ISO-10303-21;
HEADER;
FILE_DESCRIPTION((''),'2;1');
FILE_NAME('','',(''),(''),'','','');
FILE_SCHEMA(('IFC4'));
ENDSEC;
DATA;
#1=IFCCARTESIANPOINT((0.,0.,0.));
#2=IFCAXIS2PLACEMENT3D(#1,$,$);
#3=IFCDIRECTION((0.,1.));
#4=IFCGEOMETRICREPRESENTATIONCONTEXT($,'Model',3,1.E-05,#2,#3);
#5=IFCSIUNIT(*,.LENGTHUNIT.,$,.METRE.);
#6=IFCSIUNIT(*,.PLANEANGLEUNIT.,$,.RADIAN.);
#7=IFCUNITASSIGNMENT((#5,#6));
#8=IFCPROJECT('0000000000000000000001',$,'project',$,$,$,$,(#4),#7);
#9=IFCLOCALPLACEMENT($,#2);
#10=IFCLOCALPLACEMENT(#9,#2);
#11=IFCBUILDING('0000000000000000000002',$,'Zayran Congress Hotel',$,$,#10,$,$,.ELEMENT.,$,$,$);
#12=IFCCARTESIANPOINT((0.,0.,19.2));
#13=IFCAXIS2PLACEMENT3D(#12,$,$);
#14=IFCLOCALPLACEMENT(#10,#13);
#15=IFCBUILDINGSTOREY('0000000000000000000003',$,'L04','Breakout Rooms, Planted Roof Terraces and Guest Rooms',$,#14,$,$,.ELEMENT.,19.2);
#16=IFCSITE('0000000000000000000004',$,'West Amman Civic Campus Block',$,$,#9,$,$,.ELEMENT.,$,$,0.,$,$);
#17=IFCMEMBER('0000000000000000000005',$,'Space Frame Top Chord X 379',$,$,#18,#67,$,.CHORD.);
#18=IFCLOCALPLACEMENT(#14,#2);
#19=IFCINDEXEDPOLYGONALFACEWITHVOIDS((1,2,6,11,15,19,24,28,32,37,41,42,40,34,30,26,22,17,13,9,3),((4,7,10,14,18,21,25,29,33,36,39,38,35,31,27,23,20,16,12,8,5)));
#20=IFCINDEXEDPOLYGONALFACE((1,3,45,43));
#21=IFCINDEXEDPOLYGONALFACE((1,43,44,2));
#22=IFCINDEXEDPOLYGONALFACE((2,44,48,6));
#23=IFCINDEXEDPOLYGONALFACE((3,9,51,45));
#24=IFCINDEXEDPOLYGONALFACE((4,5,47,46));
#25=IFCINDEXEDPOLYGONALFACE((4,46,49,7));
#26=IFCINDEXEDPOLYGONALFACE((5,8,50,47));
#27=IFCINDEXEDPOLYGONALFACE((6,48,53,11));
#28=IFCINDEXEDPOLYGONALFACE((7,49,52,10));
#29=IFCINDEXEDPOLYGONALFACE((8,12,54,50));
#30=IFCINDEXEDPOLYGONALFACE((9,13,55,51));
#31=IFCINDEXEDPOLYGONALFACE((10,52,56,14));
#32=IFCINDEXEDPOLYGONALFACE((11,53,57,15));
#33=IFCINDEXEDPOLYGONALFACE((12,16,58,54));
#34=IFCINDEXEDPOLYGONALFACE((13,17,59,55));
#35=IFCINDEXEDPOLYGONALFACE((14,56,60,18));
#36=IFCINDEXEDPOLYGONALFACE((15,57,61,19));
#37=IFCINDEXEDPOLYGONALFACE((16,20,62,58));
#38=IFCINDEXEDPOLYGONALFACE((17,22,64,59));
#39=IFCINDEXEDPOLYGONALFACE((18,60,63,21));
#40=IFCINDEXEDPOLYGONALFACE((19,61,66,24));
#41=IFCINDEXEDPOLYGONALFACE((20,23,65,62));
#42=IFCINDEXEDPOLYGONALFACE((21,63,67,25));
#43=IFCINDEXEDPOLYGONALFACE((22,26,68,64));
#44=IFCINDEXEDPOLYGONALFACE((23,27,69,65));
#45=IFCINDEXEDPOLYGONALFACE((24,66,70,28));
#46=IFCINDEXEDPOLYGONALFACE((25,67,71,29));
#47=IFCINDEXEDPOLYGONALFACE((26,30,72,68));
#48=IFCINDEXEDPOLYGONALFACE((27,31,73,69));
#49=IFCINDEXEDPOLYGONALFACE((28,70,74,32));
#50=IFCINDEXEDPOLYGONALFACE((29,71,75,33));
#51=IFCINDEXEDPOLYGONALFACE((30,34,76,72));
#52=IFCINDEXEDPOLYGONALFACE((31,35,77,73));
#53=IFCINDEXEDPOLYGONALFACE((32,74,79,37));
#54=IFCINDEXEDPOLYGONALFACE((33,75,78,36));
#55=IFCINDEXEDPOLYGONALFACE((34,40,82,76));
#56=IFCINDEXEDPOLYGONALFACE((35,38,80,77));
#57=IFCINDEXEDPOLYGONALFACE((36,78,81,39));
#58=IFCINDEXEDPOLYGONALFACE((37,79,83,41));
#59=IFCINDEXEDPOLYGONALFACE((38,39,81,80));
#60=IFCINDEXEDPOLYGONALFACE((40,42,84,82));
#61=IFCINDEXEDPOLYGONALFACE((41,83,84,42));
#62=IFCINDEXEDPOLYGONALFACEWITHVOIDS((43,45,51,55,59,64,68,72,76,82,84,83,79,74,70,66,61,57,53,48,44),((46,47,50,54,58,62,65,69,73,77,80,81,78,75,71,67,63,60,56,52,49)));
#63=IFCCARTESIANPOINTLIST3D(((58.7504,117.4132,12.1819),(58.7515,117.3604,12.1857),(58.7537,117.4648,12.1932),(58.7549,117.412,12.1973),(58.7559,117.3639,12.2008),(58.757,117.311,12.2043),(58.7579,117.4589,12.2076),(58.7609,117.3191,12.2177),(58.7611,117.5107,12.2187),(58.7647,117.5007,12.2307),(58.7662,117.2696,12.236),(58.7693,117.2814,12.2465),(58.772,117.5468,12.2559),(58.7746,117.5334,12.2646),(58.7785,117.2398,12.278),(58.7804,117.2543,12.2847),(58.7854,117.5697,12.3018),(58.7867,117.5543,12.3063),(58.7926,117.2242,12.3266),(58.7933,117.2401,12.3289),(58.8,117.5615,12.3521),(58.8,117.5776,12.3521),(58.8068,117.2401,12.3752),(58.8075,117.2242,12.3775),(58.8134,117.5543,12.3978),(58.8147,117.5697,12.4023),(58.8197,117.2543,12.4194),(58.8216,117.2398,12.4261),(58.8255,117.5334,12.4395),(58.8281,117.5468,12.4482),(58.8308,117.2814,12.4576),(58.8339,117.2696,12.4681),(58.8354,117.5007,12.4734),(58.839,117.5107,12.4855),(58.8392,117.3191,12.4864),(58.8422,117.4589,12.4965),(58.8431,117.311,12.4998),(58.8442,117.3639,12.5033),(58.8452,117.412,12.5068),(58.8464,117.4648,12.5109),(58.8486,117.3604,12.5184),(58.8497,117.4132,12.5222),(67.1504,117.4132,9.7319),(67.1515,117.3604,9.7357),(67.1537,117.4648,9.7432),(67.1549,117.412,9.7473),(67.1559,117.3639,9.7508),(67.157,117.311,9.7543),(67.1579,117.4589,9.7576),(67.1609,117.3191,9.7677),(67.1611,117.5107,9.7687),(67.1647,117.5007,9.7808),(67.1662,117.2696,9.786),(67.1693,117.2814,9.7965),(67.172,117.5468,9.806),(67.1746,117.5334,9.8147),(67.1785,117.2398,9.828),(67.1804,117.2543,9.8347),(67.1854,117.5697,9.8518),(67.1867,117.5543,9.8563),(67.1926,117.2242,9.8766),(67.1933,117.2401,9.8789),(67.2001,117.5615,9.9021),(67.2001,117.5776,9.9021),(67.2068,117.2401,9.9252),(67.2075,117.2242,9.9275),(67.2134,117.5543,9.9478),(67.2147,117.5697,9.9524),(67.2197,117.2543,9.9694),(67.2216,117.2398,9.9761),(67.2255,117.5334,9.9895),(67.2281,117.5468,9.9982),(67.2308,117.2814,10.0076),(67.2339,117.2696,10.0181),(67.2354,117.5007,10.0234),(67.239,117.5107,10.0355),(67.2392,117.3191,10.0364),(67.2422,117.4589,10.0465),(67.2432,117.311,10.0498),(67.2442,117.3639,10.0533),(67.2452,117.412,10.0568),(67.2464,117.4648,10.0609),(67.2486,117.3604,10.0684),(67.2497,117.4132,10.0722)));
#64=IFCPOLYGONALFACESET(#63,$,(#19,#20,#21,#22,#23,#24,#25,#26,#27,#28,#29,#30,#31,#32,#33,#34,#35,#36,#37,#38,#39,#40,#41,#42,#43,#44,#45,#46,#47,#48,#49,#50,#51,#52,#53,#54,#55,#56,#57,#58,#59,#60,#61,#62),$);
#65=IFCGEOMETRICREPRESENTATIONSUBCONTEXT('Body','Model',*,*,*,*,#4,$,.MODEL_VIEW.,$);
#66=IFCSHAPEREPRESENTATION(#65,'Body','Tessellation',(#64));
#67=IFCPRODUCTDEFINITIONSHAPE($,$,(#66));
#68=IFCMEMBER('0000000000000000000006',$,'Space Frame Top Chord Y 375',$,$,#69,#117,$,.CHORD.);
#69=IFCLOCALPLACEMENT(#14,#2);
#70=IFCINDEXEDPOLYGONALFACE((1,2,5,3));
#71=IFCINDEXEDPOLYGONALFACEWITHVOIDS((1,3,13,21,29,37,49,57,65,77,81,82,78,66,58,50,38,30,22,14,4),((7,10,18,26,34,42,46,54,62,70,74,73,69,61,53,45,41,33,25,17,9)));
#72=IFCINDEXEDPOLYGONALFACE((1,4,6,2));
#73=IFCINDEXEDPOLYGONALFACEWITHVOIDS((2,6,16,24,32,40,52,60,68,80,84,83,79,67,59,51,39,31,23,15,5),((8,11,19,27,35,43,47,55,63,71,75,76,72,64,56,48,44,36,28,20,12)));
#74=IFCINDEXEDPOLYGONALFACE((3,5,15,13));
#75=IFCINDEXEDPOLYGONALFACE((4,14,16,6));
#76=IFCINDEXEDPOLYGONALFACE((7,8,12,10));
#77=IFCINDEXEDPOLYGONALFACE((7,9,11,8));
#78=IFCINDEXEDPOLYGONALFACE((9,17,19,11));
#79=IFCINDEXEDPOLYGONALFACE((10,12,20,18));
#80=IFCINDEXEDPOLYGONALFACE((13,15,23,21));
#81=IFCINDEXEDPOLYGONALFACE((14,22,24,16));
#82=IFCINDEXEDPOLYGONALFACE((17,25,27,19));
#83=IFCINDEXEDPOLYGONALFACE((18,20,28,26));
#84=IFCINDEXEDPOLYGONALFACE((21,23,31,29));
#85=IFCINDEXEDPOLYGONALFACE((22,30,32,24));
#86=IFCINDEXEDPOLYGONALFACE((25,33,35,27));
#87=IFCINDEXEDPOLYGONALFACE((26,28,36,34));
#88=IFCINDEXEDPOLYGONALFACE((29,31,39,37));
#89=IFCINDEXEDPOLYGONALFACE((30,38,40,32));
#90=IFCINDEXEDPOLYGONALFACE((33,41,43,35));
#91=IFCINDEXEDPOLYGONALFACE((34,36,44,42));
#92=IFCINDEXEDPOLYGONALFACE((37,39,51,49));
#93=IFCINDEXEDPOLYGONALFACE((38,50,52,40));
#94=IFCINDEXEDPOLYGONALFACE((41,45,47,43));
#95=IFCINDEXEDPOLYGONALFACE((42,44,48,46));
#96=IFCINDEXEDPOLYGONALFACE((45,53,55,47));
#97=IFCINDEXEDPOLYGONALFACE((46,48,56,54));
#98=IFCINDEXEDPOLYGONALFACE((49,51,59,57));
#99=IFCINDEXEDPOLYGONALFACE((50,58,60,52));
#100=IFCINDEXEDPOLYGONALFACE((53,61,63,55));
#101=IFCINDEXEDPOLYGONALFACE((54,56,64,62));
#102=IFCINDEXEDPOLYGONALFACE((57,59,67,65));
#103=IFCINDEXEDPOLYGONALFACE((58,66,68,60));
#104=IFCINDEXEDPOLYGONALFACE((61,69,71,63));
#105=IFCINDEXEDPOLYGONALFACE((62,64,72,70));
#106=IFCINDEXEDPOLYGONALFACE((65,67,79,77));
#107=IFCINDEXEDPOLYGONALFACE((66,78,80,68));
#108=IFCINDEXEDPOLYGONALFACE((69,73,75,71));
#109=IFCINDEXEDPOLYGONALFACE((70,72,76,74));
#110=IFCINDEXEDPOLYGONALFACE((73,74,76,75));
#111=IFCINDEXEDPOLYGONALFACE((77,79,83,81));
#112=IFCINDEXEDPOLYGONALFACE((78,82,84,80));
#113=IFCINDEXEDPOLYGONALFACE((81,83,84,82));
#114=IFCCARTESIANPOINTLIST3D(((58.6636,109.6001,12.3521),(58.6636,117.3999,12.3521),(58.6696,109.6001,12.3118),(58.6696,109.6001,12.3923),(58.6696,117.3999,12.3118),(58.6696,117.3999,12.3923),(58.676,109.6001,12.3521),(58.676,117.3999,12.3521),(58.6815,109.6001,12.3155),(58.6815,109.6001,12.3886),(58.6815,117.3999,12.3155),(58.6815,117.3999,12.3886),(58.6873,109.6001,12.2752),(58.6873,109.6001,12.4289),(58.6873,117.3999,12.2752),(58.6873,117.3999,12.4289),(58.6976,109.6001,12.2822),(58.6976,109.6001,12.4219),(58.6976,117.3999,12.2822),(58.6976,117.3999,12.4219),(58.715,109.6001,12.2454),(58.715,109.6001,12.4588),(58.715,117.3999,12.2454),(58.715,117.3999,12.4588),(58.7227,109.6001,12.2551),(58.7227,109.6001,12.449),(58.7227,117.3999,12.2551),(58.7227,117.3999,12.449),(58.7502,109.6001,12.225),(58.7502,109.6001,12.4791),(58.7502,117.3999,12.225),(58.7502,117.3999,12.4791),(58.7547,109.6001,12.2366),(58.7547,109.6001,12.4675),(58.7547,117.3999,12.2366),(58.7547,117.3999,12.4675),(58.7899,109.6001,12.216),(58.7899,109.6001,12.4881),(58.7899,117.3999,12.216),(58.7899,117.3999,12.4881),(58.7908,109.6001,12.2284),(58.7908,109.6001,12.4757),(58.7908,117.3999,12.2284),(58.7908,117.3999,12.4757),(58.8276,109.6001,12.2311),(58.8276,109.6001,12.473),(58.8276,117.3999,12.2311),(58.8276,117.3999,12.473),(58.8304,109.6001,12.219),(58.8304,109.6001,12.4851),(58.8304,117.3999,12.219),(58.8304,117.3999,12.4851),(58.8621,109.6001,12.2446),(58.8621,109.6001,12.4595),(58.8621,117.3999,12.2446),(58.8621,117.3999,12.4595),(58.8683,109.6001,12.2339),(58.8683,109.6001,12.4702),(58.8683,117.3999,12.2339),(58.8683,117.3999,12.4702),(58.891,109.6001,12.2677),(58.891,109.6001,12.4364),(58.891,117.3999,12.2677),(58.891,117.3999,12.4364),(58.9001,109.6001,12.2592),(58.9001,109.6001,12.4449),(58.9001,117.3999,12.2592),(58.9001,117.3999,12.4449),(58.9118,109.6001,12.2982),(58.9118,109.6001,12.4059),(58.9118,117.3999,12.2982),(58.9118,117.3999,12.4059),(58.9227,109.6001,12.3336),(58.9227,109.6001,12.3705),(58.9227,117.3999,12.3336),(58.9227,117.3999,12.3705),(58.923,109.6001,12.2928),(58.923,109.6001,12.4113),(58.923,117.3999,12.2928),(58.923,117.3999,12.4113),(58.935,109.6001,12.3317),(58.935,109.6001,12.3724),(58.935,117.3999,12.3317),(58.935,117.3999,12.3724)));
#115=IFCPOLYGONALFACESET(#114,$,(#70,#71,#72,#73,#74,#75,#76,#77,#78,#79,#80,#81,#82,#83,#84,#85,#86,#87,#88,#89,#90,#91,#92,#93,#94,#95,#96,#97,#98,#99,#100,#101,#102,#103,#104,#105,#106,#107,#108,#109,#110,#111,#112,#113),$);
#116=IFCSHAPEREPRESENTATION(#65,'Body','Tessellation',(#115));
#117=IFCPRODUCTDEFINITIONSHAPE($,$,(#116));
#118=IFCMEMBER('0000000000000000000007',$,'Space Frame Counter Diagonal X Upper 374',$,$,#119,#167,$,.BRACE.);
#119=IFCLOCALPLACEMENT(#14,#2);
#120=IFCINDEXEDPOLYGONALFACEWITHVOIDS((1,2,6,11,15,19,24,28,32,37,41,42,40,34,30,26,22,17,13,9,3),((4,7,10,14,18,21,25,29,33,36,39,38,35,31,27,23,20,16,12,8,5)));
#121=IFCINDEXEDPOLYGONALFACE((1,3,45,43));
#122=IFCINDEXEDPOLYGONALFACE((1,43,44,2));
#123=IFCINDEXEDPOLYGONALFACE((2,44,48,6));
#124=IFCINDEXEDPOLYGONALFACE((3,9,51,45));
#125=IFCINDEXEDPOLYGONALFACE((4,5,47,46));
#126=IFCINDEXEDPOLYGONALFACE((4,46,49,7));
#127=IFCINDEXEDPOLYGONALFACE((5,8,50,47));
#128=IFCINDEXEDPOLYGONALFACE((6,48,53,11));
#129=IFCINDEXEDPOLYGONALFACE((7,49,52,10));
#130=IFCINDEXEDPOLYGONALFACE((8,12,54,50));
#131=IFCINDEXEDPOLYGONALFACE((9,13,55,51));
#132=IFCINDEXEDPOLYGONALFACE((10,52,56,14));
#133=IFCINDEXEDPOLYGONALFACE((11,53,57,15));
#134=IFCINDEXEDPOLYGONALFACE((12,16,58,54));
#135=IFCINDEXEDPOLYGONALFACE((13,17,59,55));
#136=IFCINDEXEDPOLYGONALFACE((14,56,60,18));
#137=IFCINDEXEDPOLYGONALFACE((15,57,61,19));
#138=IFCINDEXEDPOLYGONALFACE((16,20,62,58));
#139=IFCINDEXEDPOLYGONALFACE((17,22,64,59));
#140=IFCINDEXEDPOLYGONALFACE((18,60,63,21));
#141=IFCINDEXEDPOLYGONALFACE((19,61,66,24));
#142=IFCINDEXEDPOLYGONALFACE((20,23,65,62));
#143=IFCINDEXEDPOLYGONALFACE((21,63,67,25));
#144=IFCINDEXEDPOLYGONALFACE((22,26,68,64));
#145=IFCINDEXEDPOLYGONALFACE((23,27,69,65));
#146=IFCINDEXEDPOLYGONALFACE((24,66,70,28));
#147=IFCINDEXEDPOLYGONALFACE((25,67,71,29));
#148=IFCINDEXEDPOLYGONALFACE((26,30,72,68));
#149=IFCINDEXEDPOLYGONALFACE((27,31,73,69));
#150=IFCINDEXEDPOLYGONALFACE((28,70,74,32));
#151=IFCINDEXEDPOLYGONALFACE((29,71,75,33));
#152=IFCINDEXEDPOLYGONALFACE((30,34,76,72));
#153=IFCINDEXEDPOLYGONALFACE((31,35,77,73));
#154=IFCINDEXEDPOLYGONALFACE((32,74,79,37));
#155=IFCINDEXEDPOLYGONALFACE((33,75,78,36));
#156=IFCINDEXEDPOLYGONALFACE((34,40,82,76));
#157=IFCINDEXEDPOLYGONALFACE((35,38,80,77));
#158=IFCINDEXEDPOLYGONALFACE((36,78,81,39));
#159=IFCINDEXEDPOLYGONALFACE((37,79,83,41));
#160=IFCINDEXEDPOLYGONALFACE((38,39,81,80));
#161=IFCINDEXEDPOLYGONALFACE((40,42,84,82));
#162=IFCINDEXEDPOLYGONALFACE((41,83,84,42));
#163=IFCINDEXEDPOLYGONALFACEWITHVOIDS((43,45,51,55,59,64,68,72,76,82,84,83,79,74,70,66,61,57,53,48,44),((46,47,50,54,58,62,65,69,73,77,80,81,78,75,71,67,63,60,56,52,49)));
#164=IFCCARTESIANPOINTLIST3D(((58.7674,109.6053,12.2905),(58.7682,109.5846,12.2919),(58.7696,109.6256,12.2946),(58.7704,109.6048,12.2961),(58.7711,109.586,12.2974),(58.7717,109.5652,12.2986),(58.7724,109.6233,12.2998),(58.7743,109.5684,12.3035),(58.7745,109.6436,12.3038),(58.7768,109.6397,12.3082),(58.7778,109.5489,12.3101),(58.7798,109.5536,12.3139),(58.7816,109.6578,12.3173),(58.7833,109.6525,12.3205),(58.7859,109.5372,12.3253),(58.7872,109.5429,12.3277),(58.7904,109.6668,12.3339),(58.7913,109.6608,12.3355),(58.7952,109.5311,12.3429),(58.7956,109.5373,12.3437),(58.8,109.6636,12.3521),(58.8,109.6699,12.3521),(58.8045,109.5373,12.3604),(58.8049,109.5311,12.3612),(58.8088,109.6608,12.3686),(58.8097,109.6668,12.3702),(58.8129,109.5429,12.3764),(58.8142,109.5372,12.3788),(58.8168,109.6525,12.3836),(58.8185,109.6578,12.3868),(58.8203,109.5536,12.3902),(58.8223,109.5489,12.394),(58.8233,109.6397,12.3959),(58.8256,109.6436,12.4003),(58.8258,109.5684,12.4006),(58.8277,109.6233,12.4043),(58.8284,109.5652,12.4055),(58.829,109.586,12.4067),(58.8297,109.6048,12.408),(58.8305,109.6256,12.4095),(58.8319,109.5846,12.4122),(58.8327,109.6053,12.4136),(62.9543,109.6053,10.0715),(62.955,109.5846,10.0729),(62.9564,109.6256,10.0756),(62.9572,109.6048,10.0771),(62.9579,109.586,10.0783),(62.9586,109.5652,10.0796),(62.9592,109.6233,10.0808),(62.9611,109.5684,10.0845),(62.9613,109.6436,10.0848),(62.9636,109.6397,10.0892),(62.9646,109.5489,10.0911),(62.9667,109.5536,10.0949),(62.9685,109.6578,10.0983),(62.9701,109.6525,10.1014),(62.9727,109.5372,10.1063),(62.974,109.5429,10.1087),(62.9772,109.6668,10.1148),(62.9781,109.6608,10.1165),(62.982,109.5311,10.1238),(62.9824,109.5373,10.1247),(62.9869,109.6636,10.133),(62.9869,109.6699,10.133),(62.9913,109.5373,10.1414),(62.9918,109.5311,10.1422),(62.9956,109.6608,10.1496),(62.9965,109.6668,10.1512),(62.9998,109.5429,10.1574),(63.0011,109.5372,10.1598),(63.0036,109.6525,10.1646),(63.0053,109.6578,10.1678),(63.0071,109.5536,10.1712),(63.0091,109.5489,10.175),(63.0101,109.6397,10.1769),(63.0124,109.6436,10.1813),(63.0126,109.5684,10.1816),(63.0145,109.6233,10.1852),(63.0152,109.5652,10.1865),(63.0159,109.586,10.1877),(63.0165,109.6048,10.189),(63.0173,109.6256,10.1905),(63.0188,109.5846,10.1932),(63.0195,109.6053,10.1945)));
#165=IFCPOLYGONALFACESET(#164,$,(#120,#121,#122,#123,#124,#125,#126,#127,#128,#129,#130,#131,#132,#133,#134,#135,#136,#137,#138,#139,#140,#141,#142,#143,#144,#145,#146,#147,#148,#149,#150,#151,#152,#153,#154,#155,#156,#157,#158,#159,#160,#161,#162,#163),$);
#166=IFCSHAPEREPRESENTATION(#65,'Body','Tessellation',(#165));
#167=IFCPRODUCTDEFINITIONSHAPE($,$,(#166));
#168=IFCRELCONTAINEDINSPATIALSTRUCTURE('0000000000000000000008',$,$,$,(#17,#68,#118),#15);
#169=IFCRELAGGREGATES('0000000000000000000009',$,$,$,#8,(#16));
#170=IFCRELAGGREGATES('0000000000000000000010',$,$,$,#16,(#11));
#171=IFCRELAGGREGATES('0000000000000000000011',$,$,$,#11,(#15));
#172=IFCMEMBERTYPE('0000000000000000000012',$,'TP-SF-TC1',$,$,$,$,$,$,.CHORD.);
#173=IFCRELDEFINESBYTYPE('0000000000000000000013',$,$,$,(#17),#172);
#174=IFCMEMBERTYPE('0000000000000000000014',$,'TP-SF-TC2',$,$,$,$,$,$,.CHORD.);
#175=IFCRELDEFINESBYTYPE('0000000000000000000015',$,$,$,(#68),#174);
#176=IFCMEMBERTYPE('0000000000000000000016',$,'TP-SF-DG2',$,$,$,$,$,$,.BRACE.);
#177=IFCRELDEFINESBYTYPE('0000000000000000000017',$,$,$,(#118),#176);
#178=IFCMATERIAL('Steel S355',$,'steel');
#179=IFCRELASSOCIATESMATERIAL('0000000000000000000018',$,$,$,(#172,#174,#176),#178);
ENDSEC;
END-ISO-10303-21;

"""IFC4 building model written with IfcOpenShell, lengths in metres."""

from ifc_helpers import new_model, si_unit, direction, frame, origin, origin_2d, place, context, subcontext, project, spatial, hollow_circle, extrude, material, material_profile, profile_set, type_object, element, save


model = new_model("IFC4")

# Units and contexts
model_context = context("Model", 3, precision=1e-05, world=origin(), true_north=direction((0.0, 1.0)))
body_context = subcontext(model_context, "Body", "Model", "MODEL_VIEW")
ifc_project = project(units=[si_unit("LENGTHUNIT", "METRE"), si_unit("PLANEANGLEUNIT", "RADIAN")], contexts=[model_context])

# Site, building, storey
site_placement = place(None, origin())
site = spatial("IfcSite", under=ifc_project, at=site_placement, Name="West Amman Civic Campus Block", CompositionType="ELEMENT", RefElevation=0.0)
building_placement = place(site_placement, origin())
building = spatial("IfcBuilding", under=site, at=building_placement, Name="Zayran Congress Hotel", CompositionType="ELEMENT")
storey_placement = place(building_placement, frame((0.0, 0.0, 19.2)))
storey = spatial("IfcBuildingStorey", under=building, at=storey_placement, Name="L04", Description="Breakout Rooms, Planted Roof Terraces and Guest Rooms", CompositionType="ELEMENT", Elevation=19.2)

# Members
ifc_material_1 = material(Name="Steel S355", Category="steel")
ifc_material_profile_1 = material_profile(ifc_material_1, hollow_circle(Radius=0.1777, WallThickness=0.0161, at=origin_2d()), Name="CHS 355.6x16")
ifc_profile_set_1 = profile_set([ifc_material_profile_1], Name="Steel S355")
member_type_1 = type_object("IfcMemberType", Name="TP-SF-TC1", PredefinedType="CHORD", material=ifc_profile_set_1)
member_1_placement = place(storey_placement, frame((58.8, 117.3999, 12.3521), z_axis=(0.960001, 0.0, -0.279998), x_axis=(0.0, 1.0, 0.0)))
element("IfcMember", 1, at=member_1_placement, inside=storey, type_object=member_type_1, Name="Space Frame Top Chord X 379", PredefinedType="CHORD", context=body_context, shape_type="SweptSolid", body=[
    extrude(hollow_circle(Radius=0.1777, WallThickness=0.0161, at=origin_2d()), origin(), (0.0, 0.0, 1.0), 8.75),
])
ifc_material_profile_2 = material_profile(ifc_material_1, hollow_circle(Radius=0.1365, WallThickness=0.0125, at=origin_2d()), Name="CHS 273x12.5")
ifc_profile_set_2 = profile_set([ifc_material_profile_2], Name="Steel S355")
member_type_2 = type_object("IfcMemberType", Name="TP-SF-TC2", PredefinedType="CHORD", material=ifc_profile_set_2)
member_2_placement = place(storey_placement, frame((58.8, 109.6001, 12.3521), z_axis=(0.0, 1.0, 0.0), x_axis=(-1.0, 0.0, 0.0)))
element("IfcMember", 2, at=member_2_placement, inside=storey, type_object=member_type_2, Name="Space Frame Top Chord Y 375", PredefinedType="CHORD", context=body_context, shape_type="SweptSolid", body=[
    extrude(hollow_circle(Radius=0.1365, WallThickness=0.0125, at=origin_2d()), origin(), (0.0, 0.0, 1.0), 7.7998),
])
ifc_material_profile_3 = material_profile(ifc_material_1, hollow_circle(Radius=0.0698, WallThickness=0.0063, at=origin_2d()), Name="CHS 139.7x6.3")
ifc_profile_set_3 = profile_set([ifc_material_profile_3], Name="Steel S355")
member_type_3 = type_object("IfcMemberType", Name="TP-SF-DG2", PredefinedType="BRACE", material=ifc_profile_set_3)
for number, where, z_axis, x_axis, name in (
    (3, (58.8, 109.6001, 12.3521), (0.883572, 0.0, -0.468295), (0.0, 1.0, 0.0), "Space Frame Counter Diagonal X Upper 374"),
):
    element("IfcMember", number, at=place(storey_placement, frame(where, z_axis=z_axis, x_axis=x_axis)), inside=storey, type_object=member_type_3, Name=name, PredefinedType="BRACE", context=body_context, shape_type="SweptSolid", body=[
        extrude(hollow_circle(Radius=0.0698, WallThickness=0.0063, at=origin_2d()), origin(), (0.0, 0.0, 1.0), 4.7385),
    ])

save(model, "model.ifc")
